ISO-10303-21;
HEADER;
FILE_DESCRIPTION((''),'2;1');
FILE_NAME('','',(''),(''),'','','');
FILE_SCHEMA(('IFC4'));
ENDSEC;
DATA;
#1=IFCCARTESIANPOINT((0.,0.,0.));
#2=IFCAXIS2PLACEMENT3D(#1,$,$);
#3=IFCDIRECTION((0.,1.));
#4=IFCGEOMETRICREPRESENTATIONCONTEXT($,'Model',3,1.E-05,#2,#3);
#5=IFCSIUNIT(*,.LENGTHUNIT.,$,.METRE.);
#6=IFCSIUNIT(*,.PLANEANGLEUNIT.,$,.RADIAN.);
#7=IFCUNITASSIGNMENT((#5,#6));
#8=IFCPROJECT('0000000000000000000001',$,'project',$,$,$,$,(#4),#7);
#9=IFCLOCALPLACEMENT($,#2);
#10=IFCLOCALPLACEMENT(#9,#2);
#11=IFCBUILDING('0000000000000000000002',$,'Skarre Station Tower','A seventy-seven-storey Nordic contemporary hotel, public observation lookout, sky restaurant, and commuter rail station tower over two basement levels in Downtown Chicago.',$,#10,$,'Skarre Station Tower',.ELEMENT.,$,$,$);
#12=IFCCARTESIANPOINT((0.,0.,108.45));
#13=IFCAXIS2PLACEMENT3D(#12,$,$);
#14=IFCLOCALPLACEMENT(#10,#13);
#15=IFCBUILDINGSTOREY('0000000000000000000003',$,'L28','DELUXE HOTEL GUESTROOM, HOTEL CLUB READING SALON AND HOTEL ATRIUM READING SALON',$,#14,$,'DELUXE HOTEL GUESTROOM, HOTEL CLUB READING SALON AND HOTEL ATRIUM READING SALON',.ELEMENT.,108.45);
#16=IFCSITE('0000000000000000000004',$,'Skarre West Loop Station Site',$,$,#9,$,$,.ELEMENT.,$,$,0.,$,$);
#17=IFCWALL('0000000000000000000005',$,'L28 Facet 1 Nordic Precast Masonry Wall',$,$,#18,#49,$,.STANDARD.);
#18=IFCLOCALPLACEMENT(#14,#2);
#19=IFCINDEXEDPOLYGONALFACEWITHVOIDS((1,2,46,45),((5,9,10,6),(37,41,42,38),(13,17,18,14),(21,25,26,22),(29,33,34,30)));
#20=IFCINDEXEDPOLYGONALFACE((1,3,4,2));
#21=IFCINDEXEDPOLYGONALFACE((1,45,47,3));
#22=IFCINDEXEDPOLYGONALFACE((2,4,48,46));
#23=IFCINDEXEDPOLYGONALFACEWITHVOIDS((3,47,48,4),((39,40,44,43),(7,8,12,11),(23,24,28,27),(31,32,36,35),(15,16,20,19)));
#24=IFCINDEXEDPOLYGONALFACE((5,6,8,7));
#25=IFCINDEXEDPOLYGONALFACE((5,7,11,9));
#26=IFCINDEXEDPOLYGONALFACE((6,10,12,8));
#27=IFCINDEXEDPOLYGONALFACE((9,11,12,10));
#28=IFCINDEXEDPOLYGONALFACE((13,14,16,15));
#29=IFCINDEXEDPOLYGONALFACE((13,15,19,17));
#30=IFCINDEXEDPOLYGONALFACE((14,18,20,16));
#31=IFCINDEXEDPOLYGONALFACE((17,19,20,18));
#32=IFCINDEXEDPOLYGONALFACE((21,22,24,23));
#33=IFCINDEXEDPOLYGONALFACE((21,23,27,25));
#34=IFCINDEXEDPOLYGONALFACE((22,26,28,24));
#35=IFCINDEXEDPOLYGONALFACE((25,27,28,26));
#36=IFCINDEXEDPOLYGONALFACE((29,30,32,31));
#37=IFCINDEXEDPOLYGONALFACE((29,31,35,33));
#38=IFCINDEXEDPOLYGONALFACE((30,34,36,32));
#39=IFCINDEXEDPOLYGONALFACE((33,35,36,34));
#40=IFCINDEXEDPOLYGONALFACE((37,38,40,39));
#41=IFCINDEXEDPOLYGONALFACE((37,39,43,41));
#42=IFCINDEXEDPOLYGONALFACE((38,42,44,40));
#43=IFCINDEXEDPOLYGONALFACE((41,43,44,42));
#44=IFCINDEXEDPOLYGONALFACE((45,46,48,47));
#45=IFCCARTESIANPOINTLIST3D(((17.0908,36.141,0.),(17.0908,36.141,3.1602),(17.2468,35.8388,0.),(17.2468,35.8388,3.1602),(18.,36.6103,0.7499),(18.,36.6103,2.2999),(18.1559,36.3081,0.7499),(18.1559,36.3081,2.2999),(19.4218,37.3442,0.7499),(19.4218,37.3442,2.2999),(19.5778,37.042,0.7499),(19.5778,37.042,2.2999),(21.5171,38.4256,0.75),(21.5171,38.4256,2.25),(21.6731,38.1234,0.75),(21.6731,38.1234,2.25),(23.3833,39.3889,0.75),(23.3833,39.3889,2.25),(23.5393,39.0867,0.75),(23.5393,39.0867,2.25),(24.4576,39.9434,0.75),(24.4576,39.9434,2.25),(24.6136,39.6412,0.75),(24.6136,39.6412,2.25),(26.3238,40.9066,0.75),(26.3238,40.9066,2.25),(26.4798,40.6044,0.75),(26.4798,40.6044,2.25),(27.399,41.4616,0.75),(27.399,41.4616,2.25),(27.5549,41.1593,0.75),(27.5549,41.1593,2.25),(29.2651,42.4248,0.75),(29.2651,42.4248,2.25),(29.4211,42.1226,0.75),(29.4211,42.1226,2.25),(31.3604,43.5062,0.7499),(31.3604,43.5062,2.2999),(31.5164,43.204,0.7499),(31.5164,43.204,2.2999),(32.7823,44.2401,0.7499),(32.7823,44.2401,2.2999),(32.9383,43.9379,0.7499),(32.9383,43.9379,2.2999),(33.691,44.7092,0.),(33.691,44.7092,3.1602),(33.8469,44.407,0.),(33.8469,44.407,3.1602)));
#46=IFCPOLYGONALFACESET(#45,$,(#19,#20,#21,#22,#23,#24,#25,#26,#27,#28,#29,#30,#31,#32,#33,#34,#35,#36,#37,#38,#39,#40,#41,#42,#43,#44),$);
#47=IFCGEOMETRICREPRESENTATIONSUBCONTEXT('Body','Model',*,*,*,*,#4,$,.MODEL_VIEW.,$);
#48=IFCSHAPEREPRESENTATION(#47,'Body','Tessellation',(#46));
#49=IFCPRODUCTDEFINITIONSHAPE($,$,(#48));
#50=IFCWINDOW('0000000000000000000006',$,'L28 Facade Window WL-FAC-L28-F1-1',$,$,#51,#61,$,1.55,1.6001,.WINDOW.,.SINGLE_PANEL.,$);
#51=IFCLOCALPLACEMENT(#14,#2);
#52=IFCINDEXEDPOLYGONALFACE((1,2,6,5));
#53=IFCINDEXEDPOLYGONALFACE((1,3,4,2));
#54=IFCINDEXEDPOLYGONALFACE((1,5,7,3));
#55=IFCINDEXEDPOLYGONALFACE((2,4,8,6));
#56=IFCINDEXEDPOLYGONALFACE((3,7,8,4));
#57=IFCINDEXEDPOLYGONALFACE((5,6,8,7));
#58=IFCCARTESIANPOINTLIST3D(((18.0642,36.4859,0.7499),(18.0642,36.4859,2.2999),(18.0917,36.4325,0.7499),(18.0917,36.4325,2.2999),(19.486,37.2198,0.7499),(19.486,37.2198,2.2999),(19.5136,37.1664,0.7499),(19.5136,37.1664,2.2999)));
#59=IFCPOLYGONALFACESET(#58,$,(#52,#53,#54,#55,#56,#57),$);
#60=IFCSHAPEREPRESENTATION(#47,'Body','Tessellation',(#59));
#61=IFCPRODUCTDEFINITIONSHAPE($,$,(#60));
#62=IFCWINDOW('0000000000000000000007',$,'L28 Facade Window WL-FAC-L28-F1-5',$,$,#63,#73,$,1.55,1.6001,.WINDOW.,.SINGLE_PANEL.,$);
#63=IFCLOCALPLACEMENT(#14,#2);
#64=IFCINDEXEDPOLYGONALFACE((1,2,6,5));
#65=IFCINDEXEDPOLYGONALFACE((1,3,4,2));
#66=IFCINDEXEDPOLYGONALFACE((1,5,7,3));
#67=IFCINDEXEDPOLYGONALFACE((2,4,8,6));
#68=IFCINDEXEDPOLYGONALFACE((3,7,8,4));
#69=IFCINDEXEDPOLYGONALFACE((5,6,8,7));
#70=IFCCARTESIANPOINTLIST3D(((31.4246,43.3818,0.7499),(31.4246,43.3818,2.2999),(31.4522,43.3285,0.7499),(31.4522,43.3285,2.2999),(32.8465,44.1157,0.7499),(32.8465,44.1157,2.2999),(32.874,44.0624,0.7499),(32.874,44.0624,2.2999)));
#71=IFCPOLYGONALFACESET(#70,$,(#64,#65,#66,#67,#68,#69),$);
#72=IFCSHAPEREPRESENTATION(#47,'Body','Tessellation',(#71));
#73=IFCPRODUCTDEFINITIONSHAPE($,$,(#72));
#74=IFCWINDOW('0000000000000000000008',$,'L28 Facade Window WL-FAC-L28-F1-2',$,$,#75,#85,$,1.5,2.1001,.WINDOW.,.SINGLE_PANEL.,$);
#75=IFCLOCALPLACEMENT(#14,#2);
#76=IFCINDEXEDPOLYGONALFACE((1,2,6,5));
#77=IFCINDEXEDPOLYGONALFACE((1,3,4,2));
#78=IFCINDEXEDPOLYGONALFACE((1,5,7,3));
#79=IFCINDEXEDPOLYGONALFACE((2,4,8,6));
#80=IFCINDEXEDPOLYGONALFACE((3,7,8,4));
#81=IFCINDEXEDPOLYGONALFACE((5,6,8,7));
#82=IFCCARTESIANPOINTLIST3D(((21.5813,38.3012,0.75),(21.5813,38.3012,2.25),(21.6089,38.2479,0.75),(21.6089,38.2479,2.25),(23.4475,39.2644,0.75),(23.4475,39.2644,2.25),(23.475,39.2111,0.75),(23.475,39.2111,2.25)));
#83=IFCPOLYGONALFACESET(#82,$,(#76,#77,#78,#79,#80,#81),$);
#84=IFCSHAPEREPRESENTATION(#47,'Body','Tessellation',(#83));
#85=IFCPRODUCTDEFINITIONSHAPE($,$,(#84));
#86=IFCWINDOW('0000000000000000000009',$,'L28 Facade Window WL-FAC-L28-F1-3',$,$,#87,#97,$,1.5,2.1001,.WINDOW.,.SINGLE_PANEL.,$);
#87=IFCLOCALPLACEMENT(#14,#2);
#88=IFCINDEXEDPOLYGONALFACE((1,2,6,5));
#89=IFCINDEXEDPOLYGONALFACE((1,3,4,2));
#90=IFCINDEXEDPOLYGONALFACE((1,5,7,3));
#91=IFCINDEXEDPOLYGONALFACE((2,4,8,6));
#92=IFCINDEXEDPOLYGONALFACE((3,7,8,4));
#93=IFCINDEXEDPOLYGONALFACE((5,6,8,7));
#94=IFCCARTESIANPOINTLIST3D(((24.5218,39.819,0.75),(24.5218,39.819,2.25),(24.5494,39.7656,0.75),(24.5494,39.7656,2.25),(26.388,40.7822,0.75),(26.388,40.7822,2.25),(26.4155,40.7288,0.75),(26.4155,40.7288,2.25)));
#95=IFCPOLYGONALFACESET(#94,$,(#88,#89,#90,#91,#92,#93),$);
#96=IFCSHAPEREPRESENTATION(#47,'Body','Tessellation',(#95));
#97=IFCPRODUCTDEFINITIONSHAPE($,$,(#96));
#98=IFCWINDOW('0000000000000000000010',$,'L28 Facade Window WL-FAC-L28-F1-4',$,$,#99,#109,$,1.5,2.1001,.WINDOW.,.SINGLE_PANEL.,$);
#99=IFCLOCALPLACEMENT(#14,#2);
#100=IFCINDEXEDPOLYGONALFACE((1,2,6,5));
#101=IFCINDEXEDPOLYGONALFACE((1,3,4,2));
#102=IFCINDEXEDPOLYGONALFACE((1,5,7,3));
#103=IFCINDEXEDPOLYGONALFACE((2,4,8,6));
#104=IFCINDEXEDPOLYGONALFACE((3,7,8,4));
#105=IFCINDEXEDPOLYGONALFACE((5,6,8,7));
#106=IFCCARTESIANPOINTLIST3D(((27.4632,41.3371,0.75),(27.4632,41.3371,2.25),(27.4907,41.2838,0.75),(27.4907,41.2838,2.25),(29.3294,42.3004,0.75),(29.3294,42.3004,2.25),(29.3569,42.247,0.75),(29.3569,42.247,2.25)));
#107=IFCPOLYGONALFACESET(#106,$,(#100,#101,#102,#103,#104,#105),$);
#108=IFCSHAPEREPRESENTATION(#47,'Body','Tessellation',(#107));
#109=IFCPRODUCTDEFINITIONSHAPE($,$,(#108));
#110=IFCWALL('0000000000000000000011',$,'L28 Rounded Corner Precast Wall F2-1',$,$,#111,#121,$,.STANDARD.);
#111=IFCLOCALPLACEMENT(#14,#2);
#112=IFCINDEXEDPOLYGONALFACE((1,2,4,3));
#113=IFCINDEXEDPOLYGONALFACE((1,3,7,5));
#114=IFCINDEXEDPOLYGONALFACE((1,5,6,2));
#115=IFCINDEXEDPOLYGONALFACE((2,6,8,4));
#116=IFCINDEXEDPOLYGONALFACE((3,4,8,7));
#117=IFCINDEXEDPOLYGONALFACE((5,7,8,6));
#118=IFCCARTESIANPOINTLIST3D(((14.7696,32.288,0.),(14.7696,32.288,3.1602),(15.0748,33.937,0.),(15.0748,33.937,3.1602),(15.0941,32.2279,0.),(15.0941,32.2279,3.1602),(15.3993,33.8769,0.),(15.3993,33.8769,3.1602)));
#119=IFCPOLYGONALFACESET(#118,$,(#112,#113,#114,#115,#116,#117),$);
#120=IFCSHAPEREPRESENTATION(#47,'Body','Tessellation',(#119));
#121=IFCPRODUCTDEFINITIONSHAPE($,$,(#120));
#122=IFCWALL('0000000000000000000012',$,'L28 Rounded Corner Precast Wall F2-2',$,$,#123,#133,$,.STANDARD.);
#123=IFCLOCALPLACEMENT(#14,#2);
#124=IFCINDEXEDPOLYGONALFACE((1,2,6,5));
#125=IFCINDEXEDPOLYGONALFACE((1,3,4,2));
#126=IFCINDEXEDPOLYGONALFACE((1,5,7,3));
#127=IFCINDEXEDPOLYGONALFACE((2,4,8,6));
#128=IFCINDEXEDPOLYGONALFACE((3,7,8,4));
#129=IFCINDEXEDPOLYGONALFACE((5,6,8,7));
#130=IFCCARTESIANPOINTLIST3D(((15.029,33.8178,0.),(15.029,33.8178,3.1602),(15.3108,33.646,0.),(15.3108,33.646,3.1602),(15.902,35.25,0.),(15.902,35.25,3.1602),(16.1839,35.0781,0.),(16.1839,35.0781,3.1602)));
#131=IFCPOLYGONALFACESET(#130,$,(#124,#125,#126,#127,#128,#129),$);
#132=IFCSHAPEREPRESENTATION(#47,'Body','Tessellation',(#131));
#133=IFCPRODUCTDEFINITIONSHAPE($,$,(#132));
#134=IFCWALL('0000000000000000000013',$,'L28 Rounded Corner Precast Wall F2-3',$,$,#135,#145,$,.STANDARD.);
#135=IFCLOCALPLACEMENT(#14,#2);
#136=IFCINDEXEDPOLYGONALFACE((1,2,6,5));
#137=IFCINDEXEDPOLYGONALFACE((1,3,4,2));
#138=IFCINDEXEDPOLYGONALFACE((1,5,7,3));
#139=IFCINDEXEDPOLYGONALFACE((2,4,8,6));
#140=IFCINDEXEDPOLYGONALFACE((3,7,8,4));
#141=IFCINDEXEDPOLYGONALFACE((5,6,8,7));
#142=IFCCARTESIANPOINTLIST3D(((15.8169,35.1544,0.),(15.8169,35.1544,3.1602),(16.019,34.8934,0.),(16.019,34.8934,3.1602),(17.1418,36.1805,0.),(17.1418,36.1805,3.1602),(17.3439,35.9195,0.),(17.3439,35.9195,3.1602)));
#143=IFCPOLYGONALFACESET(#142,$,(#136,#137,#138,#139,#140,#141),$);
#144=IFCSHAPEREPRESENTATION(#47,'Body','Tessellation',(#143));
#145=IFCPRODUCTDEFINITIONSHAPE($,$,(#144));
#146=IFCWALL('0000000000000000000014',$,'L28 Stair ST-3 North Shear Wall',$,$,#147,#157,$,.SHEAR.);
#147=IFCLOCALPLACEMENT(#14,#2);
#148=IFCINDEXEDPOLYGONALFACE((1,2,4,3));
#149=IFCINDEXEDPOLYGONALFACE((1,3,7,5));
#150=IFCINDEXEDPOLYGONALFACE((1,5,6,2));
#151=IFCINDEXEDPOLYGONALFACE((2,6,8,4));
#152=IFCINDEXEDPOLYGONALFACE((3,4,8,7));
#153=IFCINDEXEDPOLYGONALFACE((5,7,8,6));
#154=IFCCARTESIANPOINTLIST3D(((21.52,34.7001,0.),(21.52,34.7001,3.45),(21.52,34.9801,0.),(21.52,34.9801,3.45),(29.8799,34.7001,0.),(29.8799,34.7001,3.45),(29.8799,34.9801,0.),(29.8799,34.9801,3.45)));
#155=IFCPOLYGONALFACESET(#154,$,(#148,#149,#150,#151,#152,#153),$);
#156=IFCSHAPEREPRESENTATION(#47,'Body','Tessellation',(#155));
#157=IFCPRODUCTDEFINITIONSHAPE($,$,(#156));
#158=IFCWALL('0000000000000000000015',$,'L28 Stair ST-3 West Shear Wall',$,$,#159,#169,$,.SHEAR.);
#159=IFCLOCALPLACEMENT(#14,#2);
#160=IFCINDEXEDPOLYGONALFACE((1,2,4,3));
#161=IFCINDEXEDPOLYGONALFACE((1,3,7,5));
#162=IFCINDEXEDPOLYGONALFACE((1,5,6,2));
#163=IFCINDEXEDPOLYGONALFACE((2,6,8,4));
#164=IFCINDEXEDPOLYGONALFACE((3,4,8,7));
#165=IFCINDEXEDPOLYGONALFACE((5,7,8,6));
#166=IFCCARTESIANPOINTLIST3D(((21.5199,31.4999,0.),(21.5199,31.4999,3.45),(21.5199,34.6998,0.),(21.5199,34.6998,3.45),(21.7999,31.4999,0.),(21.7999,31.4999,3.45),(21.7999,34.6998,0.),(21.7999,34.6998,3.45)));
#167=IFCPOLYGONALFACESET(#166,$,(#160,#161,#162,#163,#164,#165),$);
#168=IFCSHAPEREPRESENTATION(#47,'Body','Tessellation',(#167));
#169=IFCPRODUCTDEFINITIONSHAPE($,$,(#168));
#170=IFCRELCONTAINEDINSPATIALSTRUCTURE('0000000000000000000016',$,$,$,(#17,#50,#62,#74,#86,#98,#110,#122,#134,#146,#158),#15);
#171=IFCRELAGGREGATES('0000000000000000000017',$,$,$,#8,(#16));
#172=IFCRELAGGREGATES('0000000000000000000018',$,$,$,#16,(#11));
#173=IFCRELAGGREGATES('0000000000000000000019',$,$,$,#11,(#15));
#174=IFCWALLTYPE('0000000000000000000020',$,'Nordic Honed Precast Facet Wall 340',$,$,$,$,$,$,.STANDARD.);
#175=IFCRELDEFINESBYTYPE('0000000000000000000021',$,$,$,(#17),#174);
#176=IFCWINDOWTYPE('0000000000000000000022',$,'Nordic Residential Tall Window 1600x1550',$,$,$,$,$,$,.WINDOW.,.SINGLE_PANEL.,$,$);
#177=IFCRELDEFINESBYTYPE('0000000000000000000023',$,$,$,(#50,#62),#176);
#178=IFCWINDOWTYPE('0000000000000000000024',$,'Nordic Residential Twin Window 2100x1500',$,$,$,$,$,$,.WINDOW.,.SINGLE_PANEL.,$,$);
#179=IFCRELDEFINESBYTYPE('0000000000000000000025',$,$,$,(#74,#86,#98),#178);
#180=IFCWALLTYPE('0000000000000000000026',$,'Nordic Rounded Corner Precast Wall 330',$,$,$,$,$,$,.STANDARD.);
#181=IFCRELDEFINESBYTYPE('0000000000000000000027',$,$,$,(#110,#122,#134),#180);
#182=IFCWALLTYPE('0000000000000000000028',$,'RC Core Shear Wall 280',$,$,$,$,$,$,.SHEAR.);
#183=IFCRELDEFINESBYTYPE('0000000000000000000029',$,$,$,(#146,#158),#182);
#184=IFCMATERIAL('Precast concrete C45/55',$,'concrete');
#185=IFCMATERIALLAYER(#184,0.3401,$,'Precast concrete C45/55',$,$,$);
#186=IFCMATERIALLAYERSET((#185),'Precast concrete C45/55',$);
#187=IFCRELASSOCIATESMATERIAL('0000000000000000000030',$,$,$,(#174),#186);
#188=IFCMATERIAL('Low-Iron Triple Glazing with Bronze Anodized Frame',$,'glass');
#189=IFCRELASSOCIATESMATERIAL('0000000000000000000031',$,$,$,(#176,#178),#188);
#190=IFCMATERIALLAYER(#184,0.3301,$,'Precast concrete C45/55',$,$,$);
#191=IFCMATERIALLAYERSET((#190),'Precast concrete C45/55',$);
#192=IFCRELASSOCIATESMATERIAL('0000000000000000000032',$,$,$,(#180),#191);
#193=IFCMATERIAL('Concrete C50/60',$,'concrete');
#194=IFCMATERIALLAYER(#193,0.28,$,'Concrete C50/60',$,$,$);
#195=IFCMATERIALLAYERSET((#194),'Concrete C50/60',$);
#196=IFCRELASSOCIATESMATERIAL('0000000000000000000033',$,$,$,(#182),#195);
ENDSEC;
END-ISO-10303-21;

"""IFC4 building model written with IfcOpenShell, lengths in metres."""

from ifc_helpers import new_model, si_unit, direction, frame, frame_2d, origin, place, context, subcontext, project, spatial, rectangle, extrude, material, layer, layer_set, type_object, element, fill, save


model = new_model("IFC4")

# Units and contexts
model_context = context("Model", 3, precision=1e-05, world=origin(), true_north=direction((0.0, 1.0)))
body_context = subcontext(model_context, "Body", "Model", "MODEL_VIEW")
ifc_project = project(units=[si_unit("LENGTHUNIT", "METRE"), si_unit("PLANEANGLEUNIT", "RADIAN")], contexts=[model_context])

# Site, building, storey
site_placement = place(None, origin())
site = spatial("IfcSite", under=ifc_project, at=site_placement, Name="Skarre West Loop Station Site", CompositionType="ELEMENT", RefElevation=0.0)
building_placement = place(site_placement, origin())
building = spatial("IfcBuilding", under=site, at=building_placement, Name="Skarre Station Tower", Description="A seventy-seven-storey Nordic contemporary hotel, public observation lookout, sky restaurant, and commuter rail station tower over two basement levels in Downtown Chicago.", LongName="Skarre Station Tower", CompositionType="ELEMENT")
storey_placement = place(building_placement, frame((0.0, 0.0, 108.45)))
storey = spatial("IfcBuildingStorey", under=building, at=storey_placement, Name="L28", Description="DELUXE HOTEL GUESTROOM, HOTEL CLUB READING SALON AND HOTEL ATRIUM READING SALON", LongName="DELUXE HOTEL GUESTROOM, HOTEL CLUB READING SALON AND HOTEL ATRIUM READING SALON", CompositionType="ELEMENT", Elevation=108.45)

# Wall, openings, windows
ifc_material_1 = material(Name="Precast concrete C45/55", Category="concrete")
ifc_layer_1 = layer(ifc_material_1, 0.3401, Name="Precast concrete C45/55")
ifc_layer_set_1 = layer_set([ifc_layer_1], Name="Precast concrete C45/55")
wall_type_1 = type_object("IfcWallType", Name="Nordic Honed Precast Facet Wall 340", PredefinedType="STANDARD", material=ifc_layer_set_1)
wall_1_placement = place(storey_placement, frame((17.1689, 35.99, 0.0), z_axis=(0.0, 0.0, 1.0), x_axis=(0.888614, 0.458657, 0.0)))
wall_1 = element("IfcWall", 1, at=wall_1_placement, inside=storey, type_object=wall_type_1, Name="L28 Facet 1 Nordic Precast Masonry Wall", PredefinedType="STANDARD", context=body_context, shape_type="SweptSolid", body=[
    extrude(rectangle(XDim=18.6809, YDim=0.3401, at=frame_2d((9.3403, 0.0))), origin(), (0.0, 0.0, 1.0), 3.1602),
])
opening_1_placement = place(wall_1_placement, frame((1.0229, 0.0, 0.75)))
opening_1 = element("IfcOpeningElement", 2, at=opening_1_placement, cuts=wall_1, PredefinedType="OPENING", context=body_context, shape_type="SweptSolid", body=[
    extrude(rectangle(XDim=1.6001, YDim=1.55, at=frame_2d((0.8, 0.7749))), frame((0.0, 0.1799, 0.0), z_axis=(0.0, -1.0, 0.0), x_axis=(1.0, 0.0, 0.0)), (0.0, 0.0, 1.0), 0.3601),
])
opening_2_placement = place(wall_1_placement, frame((4.981, 0.0, 0.75)))
opening_2 = element("IfcOpeningElement", 3, at=opening_2_placement, cuts=wall_1, PredefinedType="OPENING", context=body_context, shape_type="SweptSolid", body=[
    extrude(rectangle(XDim=2.1001, YDim=1.5, at=frame_2d((1.05, 0.75))), frame((0.0, 0.1799, 0.0), z_axis=(0.0, -1.0, 0.0), x_axis=(1.0, 0.0, 0.0)), (0.0, 0.0, 1.0), 0.3601),
])
opening_3_placement = place(wall_1_placement, frame((8.29, 0.0, 0.75)))
opening_3 = element("IfcOpeningElement", 4, at=opening_3_placement, cuts=wall_1, PredefinedType="OPENING", context=body_context, shape_type="SweptSolid", body=[
    extrude(rectangle(XDim=2.1001, YDim=1.5, at=frame_2d((1.05, 0.75))), frame((0.0, 0.1799, 0.0), z_axis=(0.0, -1.0, 0.0), x_axis=(1.0, 0.0, 0.0)), (0.0, 0.0, 1.0), 0.3601),
])
opening_4_placement = place(wall_1_placement, frame((11.6001, 0.0, 0.75)))
opening_4 = element("IfcOpeningElement", 5, at=opening_4_placement, cuts=wall_1, PredefinedType="OPENING", context=body_context, shape_type="SweptSolid", body=[
    extrude(rectangle(XDim=2.1001, YDim=1.5, at=frame_2d((1.05, 0.75))), frame((0.0, 0.1799, 0.0), z_axis=(0.0, -1.0, 0.0), x_axis=(1.0, 0.0, 0.0)), (0.0, 0.0, 1.0), 0.3601),
])
opening_5_placement = place(wall_1_placement, frame((16.0581, 0.0, 0.75)))
opening_5 = element("IfcOpeningElement", 6, at=opening_5_placement, cuts=wall_1, PredefinedType="OPENING", context=body_context, shape_type="SweptSolid", body=[
    extrude(rectangle(XDim=1.6001, YDim=1.55, at=frame_2d((0.8, 0.7749))), frame((0.0, 0.1799, 0.0), z_axis=(0.0, -1.0, 0.0), x_axis=(1.0, 0.0, 0.0)), (0.0, 0.0, 1.0), 0.3601),
])
ifc_material_2 = material(Name="Low-Iron Triple Glazing with Bronze Anodized Frame", Category="glass")
window_type_1 = type_object("IfcWindowType", Name="Nordic Residential Tall Window 1600x1550", PartitioningType="SINGLE_PANEL", PredefinedType="WINDOW", material=ifc_material_2)
window_1_placement = place(opening_1_placement, origin())
window_1 = element("IfcWindow", 7, at=window_1_placement, inside=storey, type_object=window_type_1, Name="L28 Facade Window WL-FAC-L28-F1-1", OverallHeight=1.55, OverallWidth=1.6001, PartitioningType="SINGLE_PANEL", PredefinedType="WINDOW", context=body_context, shape_type="SweptSolid", body=[
    extrude(rectangle(XDim=1.6001, YDim=1.55, at=frame_2d((0.8, 0.7749))), frame((0.0, 0.03, 0.0), z_axis=(0.0, -1.0, 0.0), x_axis=(1.0, 0.0, 0.0)), (0.0, 0.0, 1.0), 0.0601),
])
fill(opening_1, window_1)
window_2_placement = place(opening_5_placement, origin())
window_2 = element("IfcWindow", 8, at=window_2_placement, inside=storey, type_object=window_type_1, Name="L28 Facade Window WL-FAC-L28-F1-5", OverallHeight=1.55, OverallWidth=1.6001, PartitioningType="SINGLE_PANEL", PredefinedType="WINDOW", context=body_context, shape_type="SweptSolid", body=[
    extrude(rectangle(XDim=1.6001, YDim=1.55, at=frame_2d((0.8, 0.7749))), frame((0.0, 0.03, 0.0), z_axis=(0.0, -1.0, 0.0), x_axis=(1.0, 0.0, 0.0)), (0.0, 0.0, 1.0), 0.0601),
])
fill(opening_5, window_2)
window_type_2 = type_object("IfcWindowType", Name="Nordic Residential Twin Window 2100x1500", PartitioningType="SINGLE_PANEL", PredefinedType="WINDOW", material=ifc_material_2)
window_3_placement = place(opening_2_placement, origin())
window_3 = element("IfcWindow", 9, at=window_3_placement, inside=storey, type_object=window_type_2, Name="L28 Facade Window WL-FAC-L28-F1-2", OverallHeight=1.5, OverallWidth=2.1001, PartitioningType="SINGLE_PANEL", PredefinedType="WINDOW", context=body_context, shape_type="SweptSolid", body=[
    extrude(rectangle(XDim=2.1001, YDim=1.5, at=frame_2d((1.05, 0.75))), frame((0.0, 0.03, 0.0), z_axis=(0.0, -1.0, 0.0), x_axis=(1.0, 0.0, 0.0)), (0.0, 0.0, 1.0), 0.0601),
])
fill(opening_2, window_3)
window_4_placement = place(opening_3_placement, origin())
window_4 = element("IfcWindow", 10, at=window_4_placement, inside=storey, type_object=window_type_2, Name="L28 Facade Window WL-FAC-L28-F1-3", OverallHeight=1.5, OverallWidth=2.1001, PartitioningType="SINGLE_PANEL", PredefinedType="WINDOW", context=body_context, shape_type="SweptSolid", body=[
    extrude(rectangle(XDim=2.1001, YDim=1.5, at=frame_2d((1.05, 0.75))), frame((0.0, 0.03, 0.0), z_axis=(0.0, -1.0, 0.0), x_axis=(1.0, 0.0, 0.0)), (0.0, 0.0, 1.0), 0.0601),
])
fill(opening_3, window_4)
window_5_placement = place(opening_4_placement, origin())
window_5 = element("IfcWindow", 11, at=window_5_placement, inside=storey, type_object=window_type_2, Name="L28 Facade Window WL-FAC-L28-F1-4", OverallHeight=1.5, OverallWidth=2.1001, PartitioningType="SINGLE_PANEL", PredefinedType="WINDOW", context=body_context, shape_type="SweptSolid", body=[
    extrude(rectangle(XDim=2.1001, YDim=1.5, at=frame_2d((1.05, 0.75))), frame((0.0, 0.03, 0.0), z_axis=(0.0, -1.0, 0.0), x_axis=(1.0, 0.0, 0.0)), (0.0, 0.0, 1.0), 0.0601),
])
fill(opening_4, window_5)

# Walls
ifc_layer_2 = layer(ifc_material_1, 0.3301, Name="Precast concrete C45/55")
ifc_layer_set_2 = layer_set([ifc_layer_2], Name="Precast concrete C45/55")
wall_type_2 = type_object("IfcWallType", Name="Nordic Rounded Corner Precast Wall 330", PredefinedType="STANDARD", material=ifc_layer_set_2)
wall_2_placement = place(storey_placement, frame((14.9319, 32.2581, 0.0), z_axis=(0.0, 0.0, 1.0), x_axis=(0.181985, 0.983301, 0.0)))
element("IfcWall", 12, at=wall_2_placement, inside=storey, type_object=wall_type_2, Name="L28 Rounded Corner Precast Wall F2-1", PredefinedType="STANDARD", context=body_context, shape_type="SweptSolid", body=[
    extrude(rectangle(XDim=1.677, YDim=0.3301, at=frame_2d((0.8384, 0.0))), origin(), (0.0, 0.0, 1.0), 3.1602),
])
wall_3_placement = place(storey_placement, frame((15.1699, 33.7319, 0.0), z_axis=(0.0, 0.0, 1.0), x_axis=(0.520519, 0.85385, 0.0)))
element("IfcWall", 13, at=wall_3_placement, inside=storey, type_object=wall_type_2, Name="L28 Rounded Corner Precast Wall F2-2", PredefinedType="STANDARD", context=body_context, shape_type="SweptSolid", body=[
    extrude(rectangle(XDim=1.6772, YDim=0.3301, at=frame_2d((0.8386, 0.0))), origin(), (0.0, 0.0, 1.0), 3.1602),
])
wall_4_placement = place(storey_placement, frame((15.918, 35.0239, 0.0), z_axis=(0.0, 0.0, 1.0), x_axis=(0.790621, 0.612305, 0.0)))
element("IfcWall", 14, at=wall_4_placement, inside=storey, type_object=wall_type_2, Name="L28 Rounded Corner Precast Wall F2-3", PredefinedType="STANDARD", context=body_context, shape_type="SweptSolid", body=[
    extrude(rectangle(XDim=1.6758, YDim=0.3301, at=frame_2d((0.8379, 0.0))), origin(), (0.0, 0.0, 1.0), 3.1602),
])
ifc_material_3 = material(Name="Concrete C50/60", Category="concrete")
ifc_layer_3 = layer(ifc_material_3, 0.28, Name="Concrete C50/60")
ifc_layer_set_3 = layer_set([ifc_layer_3], Name="Concrete C50/60")
wall_type_3 = type_object("IfcWallType", Name="RC Core Shear Wall 280", PredefinedType="SHEAR", material=ifc_layer_set_3)
wall_5_placement = place(storey_placement, frame((29.8799, 34.8401, 0.0), z_axis=(0.0, 0.0, 1.0), x_axis=(-1.0, 0.0, 0.0)))
element("IfcWall", 15, at=wall_5_placement, inside=storey, type_object=wall_type_3, Name="L28 Stair ST-3 North Shear Wall", PredefinedType="SHEAR", context=body_context, shape_type="SweptSolid", body=[
    extrude(rectangle(XDim=8.3599, YDim=0.28, at=frame_2d((4.1799, 0.0))), origin(), (0.0, 0.0, 1.0), 3.45),
])
for number, where, z_axis, x_axis, name in (
    (16, (21.6599, 34.7, 0.0), (0.0, 0.0, 1.0), (0.0, -1.0, 0.0), "L28 Stair ST-3 West Shear Wall"),
):
    element("IfcWall", number, at=place(storey_placement, frame(where, z_axis=z_axis, x_axis=x_axis)), inside=storey, type_object=wall_type_3, Name=name, PredefinedType="SHEAR", context=body_context, shape_type="SweptSolid", body=[
        extrude(rectangle(XDim=3.2, YDim=0.28, at=frame_2d((1.6001, 0.0))), origin(), (0.0, 0.0, 1.0), 3.45),
    ])

save(model, "model.ifc")
